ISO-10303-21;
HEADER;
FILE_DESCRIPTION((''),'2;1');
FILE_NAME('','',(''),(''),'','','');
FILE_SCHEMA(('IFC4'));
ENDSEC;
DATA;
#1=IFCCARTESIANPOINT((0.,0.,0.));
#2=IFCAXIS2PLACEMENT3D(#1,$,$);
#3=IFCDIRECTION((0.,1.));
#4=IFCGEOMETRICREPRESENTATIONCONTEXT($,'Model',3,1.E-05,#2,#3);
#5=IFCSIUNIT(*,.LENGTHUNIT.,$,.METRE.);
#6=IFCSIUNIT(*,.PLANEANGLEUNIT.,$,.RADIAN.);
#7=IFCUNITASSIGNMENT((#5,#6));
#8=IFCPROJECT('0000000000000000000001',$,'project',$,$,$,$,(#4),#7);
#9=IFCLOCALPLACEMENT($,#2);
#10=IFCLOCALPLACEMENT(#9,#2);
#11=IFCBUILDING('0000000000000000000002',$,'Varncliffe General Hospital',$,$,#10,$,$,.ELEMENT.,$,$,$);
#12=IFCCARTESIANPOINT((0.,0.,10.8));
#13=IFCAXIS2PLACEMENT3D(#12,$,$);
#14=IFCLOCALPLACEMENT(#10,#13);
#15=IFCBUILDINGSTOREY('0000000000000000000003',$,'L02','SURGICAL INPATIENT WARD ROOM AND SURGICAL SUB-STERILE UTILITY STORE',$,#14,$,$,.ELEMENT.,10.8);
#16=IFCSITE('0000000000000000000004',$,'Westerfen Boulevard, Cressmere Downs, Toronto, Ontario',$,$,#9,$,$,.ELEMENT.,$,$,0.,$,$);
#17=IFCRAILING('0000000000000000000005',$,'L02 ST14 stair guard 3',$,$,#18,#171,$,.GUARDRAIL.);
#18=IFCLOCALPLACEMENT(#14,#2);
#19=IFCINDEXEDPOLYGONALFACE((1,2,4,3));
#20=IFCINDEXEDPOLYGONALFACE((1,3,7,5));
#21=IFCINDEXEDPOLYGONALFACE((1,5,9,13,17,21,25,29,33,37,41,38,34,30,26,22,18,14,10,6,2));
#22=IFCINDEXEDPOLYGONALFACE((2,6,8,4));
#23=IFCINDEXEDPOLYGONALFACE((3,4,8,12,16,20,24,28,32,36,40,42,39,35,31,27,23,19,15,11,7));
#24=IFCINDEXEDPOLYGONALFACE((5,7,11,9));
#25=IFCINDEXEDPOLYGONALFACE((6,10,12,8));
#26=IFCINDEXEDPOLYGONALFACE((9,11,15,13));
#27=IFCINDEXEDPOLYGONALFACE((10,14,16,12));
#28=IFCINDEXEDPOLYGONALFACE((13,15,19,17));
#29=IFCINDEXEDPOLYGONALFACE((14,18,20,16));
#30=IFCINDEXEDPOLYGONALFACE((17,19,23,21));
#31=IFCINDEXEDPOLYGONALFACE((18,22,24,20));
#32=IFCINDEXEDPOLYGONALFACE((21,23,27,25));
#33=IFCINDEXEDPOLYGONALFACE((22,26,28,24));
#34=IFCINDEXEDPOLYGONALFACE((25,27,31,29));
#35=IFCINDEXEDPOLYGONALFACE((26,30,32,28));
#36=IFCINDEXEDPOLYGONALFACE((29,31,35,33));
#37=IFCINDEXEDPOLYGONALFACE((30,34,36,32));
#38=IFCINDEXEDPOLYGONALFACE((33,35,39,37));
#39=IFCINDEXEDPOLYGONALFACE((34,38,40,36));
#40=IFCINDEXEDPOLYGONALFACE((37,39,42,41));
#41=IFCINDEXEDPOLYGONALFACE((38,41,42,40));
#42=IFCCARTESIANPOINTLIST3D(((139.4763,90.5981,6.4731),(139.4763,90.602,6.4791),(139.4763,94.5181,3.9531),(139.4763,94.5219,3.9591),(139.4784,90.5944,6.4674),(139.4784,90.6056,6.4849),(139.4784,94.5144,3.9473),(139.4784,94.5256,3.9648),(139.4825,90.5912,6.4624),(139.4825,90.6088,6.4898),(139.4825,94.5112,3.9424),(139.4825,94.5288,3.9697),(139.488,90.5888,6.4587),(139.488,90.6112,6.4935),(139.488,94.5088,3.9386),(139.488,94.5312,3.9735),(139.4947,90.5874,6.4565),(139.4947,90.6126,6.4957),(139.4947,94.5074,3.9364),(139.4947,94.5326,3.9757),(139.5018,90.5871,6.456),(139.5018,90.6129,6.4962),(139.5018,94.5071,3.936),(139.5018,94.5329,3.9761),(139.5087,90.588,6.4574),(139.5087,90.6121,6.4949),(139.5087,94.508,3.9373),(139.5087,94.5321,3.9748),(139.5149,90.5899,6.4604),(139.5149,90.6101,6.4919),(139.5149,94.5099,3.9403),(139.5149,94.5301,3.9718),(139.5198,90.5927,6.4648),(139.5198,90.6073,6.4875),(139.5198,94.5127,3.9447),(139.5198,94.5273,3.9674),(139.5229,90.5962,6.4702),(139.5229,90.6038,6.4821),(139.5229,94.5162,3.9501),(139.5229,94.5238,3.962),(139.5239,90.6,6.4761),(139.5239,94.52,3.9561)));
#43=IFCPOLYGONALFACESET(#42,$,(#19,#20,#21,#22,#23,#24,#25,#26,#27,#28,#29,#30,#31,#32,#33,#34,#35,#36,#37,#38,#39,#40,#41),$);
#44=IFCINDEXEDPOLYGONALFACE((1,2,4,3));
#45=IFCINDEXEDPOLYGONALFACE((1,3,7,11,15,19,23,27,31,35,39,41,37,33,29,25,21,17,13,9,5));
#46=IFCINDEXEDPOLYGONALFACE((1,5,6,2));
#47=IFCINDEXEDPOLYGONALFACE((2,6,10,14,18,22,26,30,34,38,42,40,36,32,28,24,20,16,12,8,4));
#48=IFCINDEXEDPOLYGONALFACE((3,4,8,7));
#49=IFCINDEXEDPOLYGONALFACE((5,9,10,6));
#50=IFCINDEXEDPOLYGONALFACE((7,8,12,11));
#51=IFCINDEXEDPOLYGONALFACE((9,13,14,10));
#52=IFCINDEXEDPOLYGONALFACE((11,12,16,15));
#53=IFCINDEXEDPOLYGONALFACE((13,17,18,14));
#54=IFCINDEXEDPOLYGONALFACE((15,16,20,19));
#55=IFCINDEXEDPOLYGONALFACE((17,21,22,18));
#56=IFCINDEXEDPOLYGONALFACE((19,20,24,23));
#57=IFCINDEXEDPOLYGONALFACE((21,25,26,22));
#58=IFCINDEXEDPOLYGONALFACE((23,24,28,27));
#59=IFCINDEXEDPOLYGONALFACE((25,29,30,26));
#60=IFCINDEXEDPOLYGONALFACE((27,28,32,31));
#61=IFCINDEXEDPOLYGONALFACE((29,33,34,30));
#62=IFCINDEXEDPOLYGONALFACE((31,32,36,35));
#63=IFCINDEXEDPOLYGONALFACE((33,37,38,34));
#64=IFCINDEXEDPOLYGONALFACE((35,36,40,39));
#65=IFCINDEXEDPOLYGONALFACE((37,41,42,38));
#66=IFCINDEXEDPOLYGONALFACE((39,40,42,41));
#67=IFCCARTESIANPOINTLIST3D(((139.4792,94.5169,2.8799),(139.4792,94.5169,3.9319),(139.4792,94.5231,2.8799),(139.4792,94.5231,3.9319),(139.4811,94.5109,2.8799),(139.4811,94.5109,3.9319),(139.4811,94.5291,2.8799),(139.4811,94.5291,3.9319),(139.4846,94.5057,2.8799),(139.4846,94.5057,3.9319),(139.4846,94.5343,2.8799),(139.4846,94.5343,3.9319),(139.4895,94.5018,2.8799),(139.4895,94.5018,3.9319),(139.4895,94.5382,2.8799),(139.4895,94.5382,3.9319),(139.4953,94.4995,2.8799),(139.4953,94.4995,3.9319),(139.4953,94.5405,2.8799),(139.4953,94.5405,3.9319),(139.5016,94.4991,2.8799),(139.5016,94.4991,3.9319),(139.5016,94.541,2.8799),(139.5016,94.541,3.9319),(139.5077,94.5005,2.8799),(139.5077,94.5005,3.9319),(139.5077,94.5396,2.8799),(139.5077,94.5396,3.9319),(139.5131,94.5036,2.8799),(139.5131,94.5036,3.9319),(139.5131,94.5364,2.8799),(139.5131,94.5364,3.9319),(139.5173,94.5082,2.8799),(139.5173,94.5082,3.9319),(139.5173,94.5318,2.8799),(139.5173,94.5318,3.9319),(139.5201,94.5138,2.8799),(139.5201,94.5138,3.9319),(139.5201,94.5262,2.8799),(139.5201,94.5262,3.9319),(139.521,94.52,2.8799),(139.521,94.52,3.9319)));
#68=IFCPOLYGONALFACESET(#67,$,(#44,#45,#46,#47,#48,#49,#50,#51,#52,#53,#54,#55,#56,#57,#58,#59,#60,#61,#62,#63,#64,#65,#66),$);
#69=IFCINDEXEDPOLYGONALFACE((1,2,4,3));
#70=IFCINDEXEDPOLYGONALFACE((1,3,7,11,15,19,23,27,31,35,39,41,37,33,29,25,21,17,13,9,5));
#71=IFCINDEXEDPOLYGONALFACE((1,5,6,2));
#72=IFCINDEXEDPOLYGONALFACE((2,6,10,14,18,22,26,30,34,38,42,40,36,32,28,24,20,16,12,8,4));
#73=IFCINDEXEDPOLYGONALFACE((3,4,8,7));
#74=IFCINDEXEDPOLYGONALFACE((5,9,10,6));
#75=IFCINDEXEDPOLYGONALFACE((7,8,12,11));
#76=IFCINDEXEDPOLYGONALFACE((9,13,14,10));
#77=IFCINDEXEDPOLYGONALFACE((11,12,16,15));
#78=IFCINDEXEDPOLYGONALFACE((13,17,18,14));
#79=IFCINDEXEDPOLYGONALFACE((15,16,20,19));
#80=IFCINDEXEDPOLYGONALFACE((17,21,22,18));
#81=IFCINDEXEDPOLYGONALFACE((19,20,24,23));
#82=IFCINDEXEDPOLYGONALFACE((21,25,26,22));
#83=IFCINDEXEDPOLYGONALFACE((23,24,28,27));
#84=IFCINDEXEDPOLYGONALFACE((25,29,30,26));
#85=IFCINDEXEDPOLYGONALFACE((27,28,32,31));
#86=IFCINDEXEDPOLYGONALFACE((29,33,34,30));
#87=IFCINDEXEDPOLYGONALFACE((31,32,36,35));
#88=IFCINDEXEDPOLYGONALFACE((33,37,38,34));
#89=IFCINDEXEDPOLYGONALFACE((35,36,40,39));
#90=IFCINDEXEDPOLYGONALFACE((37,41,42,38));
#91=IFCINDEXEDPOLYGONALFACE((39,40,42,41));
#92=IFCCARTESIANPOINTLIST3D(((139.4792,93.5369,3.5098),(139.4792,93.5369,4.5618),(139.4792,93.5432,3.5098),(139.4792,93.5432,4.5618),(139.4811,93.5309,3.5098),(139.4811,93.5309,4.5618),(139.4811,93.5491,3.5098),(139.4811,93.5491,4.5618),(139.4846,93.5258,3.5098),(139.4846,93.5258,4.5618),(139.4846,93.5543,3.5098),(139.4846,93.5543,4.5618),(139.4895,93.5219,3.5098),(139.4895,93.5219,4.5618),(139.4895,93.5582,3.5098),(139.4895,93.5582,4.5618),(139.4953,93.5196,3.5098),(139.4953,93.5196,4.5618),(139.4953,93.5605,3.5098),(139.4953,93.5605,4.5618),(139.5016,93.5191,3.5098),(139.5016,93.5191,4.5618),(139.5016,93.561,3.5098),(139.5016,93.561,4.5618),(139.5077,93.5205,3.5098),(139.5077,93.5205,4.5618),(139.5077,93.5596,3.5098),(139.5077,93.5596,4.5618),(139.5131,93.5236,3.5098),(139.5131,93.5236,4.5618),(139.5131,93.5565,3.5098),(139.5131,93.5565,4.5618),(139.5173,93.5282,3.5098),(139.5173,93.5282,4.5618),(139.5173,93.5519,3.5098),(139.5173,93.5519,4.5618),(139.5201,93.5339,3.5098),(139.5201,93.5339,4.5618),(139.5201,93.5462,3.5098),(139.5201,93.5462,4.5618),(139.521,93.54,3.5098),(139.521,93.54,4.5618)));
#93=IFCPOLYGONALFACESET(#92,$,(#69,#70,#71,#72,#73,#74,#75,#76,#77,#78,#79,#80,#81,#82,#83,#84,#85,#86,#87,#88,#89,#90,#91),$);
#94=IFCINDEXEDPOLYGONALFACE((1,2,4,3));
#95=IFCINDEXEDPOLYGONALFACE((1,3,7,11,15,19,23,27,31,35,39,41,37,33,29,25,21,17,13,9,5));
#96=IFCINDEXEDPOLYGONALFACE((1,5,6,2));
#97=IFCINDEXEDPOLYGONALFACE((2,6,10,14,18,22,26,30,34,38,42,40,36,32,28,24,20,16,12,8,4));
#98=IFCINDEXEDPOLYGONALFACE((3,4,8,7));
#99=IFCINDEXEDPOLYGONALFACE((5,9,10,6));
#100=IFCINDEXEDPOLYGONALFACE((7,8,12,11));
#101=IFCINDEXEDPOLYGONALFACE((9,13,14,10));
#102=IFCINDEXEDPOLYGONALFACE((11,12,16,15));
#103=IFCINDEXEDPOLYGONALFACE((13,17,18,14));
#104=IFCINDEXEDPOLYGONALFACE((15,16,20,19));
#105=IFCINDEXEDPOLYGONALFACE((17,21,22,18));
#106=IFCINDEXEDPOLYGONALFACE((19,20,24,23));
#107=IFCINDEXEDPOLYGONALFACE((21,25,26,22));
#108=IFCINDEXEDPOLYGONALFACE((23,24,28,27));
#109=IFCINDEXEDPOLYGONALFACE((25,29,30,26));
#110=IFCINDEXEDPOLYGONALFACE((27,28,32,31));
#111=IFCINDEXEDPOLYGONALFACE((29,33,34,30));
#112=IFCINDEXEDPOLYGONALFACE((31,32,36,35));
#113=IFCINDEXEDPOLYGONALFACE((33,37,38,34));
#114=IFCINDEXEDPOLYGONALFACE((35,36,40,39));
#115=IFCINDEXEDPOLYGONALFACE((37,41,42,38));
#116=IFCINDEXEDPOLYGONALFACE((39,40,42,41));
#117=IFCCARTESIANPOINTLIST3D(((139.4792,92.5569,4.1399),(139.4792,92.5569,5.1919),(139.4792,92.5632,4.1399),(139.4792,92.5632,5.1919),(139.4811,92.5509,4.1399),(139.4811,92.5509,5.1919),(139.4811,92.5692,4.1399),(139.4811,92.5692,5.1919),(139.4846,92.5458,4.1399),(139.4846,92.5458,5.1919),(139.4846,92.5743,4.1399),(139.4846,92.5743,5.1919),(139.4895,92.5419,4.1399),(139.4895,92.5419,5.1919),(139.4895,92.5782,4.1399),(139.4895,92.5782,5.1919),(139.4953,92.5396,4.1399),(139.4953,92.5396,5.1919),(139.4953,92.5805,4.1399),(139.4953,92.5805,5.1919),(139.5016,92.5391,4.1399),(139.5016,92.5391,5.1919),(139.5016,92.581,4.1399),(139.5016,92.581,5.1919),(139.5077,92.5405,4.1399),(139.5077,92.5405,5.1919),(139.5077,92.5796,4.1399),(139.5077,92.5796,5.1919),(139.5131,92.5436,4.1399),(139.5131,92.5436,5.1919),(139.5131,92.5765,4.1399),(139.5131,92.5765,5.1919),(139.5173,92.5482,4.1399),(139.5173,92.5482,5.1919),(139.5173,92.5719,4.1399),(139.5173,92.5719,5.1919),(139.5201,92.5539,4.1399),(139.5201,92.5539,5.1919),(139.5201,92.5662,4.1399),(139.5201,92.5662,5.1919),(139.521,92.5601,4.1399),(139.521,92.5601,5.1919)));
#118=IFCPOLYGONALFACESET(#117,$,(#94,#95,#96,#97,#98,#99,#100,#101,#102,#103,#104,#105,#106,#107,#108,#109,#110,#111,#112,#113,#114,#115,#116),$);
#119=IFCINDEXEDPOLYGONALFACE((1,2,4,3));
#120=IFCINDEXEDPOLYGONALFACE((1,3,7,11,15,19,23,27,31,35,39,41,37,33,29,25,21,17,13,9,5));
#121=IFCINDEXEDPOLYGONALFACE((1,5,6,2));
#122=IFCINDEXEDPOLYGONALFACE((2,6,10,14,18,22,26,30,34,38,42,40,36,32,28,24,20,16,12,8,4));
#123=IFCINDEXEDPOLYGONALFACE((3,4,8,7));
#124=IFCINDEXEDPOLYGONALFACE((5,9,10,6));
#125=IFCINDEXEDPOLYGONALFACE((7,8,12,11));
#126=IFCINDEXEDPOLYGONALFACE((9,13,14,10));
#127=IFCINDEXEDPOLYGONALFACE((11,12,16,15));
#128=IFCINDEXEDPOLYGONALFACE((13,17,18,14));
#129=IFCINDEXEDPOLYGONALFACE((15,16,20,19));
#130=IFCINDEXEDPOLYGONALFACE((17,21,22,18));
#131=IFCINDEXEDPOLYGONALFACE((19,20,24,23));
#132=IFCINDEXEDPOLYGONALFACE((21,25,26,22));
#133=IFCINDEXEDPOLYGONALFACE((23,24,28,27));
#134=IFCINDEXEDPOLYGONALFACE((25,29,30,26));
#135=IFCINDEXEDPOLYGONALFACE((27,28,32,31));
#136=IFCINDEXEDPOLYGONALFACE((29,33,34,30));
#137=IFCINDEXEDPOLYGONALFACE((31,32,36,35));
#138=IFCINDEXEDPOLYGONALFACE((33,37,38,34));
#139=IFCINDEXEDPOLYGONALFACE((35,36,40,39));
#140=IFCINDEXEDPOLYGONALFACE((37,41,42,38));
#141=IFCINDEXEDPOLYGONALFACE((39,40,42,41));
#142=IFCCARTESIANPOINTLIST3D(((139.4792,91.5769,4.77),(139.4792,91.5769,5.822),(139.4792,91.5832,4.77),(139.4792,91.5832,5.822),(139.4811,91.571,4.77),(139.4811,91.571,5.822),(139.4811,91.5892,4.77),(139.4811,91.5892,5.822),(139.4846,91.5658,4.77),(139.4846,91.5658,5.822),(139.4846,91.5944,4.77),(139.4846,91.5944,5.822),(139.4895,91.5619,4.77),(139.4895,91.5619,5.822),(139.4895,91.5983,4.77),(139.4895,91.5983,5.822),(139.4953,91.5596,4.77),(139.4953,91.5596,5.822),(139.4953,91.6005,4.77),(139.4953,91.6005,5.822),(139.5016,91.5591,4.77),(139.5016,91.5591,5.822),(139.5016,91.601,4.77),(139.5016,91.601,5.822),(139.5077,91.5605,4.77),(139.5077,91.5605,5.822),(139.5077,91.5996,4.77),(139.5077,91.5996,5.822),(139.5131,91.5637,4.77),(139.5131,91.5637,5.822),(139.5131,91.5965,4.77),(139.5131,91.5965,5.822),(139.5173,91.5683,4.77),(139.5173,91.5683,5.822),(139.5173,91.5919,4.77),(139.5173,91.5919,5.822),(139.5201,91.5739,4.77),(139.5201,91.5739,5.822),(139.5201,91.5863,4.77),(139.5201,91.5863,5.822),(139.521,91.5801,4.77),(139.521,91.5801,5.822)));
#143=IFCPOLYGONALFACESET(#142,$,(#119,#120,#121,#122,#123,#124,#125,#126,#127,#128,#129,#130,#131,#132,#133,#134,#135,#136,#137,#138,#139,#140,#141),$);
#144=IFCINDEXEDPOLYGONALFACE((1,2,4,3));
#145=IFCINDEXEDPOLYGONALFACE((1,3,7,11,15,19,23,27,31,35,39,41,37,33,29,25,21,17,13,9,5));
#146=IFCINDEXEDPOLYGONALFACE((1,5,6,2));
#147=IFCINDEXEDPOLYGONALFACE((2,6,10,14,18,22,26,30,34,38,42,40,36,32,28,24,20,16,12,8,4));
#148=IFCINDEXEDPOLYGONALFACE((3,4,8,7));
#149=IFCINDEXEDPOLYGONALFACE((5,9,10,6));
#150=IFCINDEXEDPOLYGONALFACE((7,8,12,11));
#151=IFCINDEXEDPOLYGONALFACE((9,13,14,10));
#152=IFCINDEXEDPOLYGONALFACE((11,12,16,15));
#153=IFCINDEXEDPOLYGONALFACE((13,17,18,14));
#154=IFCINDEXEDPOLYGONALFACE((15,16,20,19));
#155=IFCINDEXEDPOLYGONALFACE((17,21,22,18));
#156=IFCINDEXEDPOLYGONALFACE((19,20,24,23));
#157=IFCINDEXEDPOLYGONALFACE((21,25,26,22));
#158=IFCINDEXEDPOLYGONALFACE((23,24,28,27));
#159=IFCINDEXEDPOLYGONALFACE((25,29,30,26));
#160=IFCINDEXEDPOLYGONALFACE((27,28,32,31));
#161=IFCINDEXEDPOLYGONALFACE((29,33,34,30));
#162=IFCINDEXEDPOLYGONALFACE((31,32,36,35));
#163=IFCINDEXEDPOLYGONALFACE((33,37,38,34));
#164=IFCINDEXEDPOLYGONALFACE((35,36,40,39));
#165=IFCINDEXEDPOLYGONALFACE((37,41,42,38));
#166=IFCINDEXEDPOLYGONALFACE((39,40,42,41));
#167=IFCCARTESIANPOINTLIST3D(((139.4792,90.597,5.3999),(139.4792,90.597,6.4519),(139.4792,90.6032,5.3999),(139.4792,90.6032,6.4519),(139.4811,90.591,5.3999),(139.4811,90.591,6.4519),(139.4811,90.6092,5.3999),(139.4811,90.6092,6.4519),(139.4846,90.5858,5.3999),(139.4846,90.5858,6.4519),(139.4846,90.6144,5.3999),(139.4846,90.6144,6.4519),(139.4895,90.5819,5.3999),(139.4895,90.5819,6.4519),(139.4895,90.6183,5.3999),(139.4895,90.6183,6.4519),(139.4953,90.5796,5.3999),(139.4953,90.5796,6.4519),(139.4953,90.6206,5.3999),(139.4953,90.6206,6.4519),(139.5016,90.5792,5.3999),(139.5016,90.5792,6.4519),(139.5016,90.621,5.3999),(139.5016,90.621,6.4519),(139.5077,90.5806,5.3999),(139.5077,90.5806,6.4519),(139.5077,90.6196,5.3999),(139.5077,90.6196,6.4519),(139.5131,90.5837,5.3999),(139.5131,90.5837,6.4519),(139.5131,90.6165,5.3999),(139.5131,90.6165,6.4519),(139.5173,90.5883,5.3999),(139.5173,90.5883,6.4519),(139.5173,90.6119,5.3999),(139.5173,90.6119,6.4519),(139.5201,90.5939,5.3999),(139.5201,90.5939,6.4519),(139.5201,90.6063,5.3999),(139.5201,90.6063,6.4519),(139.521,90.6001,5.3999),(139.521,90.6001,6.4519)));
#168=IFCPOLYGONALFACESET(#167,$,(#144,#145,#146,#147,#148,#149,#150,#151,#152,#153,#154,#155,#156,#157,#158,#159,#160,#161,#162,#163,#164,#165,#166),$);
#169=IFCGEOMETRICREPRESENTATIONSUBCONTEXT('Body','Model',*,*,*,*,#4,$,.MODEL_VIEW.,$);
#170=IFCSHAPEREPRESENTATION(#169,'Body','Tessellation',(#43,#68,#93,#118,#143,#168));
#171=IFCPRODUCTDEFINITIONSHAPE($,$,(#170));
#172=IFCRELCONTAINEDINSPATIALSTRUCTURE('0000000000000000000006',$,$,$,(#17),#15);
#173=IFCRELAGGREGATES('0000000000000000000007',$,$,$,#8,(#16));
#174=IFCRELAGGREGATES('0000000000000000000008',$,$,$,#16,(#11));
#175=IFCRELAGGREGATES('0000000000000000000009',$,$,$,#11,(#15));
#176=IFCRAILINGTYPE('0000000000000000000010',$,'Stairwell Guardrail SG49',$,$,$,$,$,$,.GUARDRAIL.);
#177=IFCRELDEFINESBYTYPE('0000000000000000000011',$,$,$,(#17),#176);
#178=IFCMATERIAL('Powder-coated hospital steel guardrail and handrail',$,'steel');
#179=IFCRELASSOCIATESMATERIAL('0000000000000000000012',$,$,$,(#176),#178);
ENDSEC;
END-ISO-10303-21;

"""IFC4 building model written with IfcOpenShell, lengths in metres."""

from ifc_helpers import new_model, si_unit, direction, frame, origin, origin_2d, place, context, subcontext, project, spatial, circle, extrude, material, type_object, element, save


model = new_model("IFC4")

# Units and contexts
model_context = context("Model", 3, precision=1e-05, world=origin(), true_north=direction((0.0, 1.0)))
body_context = subcontext(model_context, "Body", "Model", "MODEL_VIEW")
ifc_project = project(units=[si_unit("LENGTHUNIT", "METRE"), si_unit("PLANEANGLEUNIT", "RADIAN")], contexts=[model_context])

# Site, building, storey
site_placement = place(None, origin())
site = spatial("IfcSite", under=ifc_project, at=site_placement, Name="Westerfen Boulevard, Cressmere Downs, Toronto, Ontario", CompositionType="ELEMENT", RefElevation=0.0)
building_placement = place(site_placement, origin())
building = spatial("IfcBuilding", under=site, at=building_placement, Name="Varncliffe General Hospital", CompositionType="ELEMENT")
storey_placement = place(building_placement, frame((0.0, 0.0, 10.8)))
storey = spatial("IfcBuildingStorey", under=building, at=storey_placement, Name="L02", Description="SURGICAL INPATIENT WARD ROOM AND SURGICAL SUB-STERILE UTILITY STORE", CompositionType="ELEMENT", Elevation=10.8)

# Railing
ifc_material_1 = material(Name="Powder-coated hospital steel guardrail and handrail", Category="steel")
railing_type_1 = type_object("IfcRailingType", Name="Stairwell Guardrail SG49", PredefinedType="GUARDRAIL", material=ifc_material_1)
railing_1_placement = place(storey_placement, frame((139.5, 94.52, 2.8799)))
element("IfcRailing", 1, at=railing_1_placement, inside=storey, type_object=railing_type_1, Name="L02 ST14 stair guard 3", PredefinedType="GUARDRAIL", context=body_context, shape_type="SweptSolid", body=[
    extrude(circle(Radius=0.0239, at=origin_2d()), frame((0.0, 0.0, 1.0762), z_axis=(0.0, -0.841172, 0.540768), x_axis=(1.0, 0.0, 0.0)), (0.0, 0.0, 1.0), 4.6602),
    extrude(circle(Radius=0.021, at=origin_2d()), origin(), (0.0, 0.0, 1.0), 1.052),
    extrude(circle(Radius=0.021, at=origin_2d()), frame((0.0, -0.98, 0.6299)), (0.0, 0.0, 1.0), 1.052),
    extrude(circle(Radius=0.021, at=origin_2d()), frame((0.0, -1.96, 1.26)), (0.0, 0.0, 1.0), 1.052),
    extrude(circle(Radius=0.021, at=origin_2d()), frame((0.0, -2.9399, 1.8901)), (0.0, 0.0, 1.0), 1.052),
    extrude(circle(Radius=0.021, at=origin_2d()), frame((0.0, -3.9199, 2.52)), (0.0, 0.0, 1.0), 1.052),
])

save(model, "model.ifc")
